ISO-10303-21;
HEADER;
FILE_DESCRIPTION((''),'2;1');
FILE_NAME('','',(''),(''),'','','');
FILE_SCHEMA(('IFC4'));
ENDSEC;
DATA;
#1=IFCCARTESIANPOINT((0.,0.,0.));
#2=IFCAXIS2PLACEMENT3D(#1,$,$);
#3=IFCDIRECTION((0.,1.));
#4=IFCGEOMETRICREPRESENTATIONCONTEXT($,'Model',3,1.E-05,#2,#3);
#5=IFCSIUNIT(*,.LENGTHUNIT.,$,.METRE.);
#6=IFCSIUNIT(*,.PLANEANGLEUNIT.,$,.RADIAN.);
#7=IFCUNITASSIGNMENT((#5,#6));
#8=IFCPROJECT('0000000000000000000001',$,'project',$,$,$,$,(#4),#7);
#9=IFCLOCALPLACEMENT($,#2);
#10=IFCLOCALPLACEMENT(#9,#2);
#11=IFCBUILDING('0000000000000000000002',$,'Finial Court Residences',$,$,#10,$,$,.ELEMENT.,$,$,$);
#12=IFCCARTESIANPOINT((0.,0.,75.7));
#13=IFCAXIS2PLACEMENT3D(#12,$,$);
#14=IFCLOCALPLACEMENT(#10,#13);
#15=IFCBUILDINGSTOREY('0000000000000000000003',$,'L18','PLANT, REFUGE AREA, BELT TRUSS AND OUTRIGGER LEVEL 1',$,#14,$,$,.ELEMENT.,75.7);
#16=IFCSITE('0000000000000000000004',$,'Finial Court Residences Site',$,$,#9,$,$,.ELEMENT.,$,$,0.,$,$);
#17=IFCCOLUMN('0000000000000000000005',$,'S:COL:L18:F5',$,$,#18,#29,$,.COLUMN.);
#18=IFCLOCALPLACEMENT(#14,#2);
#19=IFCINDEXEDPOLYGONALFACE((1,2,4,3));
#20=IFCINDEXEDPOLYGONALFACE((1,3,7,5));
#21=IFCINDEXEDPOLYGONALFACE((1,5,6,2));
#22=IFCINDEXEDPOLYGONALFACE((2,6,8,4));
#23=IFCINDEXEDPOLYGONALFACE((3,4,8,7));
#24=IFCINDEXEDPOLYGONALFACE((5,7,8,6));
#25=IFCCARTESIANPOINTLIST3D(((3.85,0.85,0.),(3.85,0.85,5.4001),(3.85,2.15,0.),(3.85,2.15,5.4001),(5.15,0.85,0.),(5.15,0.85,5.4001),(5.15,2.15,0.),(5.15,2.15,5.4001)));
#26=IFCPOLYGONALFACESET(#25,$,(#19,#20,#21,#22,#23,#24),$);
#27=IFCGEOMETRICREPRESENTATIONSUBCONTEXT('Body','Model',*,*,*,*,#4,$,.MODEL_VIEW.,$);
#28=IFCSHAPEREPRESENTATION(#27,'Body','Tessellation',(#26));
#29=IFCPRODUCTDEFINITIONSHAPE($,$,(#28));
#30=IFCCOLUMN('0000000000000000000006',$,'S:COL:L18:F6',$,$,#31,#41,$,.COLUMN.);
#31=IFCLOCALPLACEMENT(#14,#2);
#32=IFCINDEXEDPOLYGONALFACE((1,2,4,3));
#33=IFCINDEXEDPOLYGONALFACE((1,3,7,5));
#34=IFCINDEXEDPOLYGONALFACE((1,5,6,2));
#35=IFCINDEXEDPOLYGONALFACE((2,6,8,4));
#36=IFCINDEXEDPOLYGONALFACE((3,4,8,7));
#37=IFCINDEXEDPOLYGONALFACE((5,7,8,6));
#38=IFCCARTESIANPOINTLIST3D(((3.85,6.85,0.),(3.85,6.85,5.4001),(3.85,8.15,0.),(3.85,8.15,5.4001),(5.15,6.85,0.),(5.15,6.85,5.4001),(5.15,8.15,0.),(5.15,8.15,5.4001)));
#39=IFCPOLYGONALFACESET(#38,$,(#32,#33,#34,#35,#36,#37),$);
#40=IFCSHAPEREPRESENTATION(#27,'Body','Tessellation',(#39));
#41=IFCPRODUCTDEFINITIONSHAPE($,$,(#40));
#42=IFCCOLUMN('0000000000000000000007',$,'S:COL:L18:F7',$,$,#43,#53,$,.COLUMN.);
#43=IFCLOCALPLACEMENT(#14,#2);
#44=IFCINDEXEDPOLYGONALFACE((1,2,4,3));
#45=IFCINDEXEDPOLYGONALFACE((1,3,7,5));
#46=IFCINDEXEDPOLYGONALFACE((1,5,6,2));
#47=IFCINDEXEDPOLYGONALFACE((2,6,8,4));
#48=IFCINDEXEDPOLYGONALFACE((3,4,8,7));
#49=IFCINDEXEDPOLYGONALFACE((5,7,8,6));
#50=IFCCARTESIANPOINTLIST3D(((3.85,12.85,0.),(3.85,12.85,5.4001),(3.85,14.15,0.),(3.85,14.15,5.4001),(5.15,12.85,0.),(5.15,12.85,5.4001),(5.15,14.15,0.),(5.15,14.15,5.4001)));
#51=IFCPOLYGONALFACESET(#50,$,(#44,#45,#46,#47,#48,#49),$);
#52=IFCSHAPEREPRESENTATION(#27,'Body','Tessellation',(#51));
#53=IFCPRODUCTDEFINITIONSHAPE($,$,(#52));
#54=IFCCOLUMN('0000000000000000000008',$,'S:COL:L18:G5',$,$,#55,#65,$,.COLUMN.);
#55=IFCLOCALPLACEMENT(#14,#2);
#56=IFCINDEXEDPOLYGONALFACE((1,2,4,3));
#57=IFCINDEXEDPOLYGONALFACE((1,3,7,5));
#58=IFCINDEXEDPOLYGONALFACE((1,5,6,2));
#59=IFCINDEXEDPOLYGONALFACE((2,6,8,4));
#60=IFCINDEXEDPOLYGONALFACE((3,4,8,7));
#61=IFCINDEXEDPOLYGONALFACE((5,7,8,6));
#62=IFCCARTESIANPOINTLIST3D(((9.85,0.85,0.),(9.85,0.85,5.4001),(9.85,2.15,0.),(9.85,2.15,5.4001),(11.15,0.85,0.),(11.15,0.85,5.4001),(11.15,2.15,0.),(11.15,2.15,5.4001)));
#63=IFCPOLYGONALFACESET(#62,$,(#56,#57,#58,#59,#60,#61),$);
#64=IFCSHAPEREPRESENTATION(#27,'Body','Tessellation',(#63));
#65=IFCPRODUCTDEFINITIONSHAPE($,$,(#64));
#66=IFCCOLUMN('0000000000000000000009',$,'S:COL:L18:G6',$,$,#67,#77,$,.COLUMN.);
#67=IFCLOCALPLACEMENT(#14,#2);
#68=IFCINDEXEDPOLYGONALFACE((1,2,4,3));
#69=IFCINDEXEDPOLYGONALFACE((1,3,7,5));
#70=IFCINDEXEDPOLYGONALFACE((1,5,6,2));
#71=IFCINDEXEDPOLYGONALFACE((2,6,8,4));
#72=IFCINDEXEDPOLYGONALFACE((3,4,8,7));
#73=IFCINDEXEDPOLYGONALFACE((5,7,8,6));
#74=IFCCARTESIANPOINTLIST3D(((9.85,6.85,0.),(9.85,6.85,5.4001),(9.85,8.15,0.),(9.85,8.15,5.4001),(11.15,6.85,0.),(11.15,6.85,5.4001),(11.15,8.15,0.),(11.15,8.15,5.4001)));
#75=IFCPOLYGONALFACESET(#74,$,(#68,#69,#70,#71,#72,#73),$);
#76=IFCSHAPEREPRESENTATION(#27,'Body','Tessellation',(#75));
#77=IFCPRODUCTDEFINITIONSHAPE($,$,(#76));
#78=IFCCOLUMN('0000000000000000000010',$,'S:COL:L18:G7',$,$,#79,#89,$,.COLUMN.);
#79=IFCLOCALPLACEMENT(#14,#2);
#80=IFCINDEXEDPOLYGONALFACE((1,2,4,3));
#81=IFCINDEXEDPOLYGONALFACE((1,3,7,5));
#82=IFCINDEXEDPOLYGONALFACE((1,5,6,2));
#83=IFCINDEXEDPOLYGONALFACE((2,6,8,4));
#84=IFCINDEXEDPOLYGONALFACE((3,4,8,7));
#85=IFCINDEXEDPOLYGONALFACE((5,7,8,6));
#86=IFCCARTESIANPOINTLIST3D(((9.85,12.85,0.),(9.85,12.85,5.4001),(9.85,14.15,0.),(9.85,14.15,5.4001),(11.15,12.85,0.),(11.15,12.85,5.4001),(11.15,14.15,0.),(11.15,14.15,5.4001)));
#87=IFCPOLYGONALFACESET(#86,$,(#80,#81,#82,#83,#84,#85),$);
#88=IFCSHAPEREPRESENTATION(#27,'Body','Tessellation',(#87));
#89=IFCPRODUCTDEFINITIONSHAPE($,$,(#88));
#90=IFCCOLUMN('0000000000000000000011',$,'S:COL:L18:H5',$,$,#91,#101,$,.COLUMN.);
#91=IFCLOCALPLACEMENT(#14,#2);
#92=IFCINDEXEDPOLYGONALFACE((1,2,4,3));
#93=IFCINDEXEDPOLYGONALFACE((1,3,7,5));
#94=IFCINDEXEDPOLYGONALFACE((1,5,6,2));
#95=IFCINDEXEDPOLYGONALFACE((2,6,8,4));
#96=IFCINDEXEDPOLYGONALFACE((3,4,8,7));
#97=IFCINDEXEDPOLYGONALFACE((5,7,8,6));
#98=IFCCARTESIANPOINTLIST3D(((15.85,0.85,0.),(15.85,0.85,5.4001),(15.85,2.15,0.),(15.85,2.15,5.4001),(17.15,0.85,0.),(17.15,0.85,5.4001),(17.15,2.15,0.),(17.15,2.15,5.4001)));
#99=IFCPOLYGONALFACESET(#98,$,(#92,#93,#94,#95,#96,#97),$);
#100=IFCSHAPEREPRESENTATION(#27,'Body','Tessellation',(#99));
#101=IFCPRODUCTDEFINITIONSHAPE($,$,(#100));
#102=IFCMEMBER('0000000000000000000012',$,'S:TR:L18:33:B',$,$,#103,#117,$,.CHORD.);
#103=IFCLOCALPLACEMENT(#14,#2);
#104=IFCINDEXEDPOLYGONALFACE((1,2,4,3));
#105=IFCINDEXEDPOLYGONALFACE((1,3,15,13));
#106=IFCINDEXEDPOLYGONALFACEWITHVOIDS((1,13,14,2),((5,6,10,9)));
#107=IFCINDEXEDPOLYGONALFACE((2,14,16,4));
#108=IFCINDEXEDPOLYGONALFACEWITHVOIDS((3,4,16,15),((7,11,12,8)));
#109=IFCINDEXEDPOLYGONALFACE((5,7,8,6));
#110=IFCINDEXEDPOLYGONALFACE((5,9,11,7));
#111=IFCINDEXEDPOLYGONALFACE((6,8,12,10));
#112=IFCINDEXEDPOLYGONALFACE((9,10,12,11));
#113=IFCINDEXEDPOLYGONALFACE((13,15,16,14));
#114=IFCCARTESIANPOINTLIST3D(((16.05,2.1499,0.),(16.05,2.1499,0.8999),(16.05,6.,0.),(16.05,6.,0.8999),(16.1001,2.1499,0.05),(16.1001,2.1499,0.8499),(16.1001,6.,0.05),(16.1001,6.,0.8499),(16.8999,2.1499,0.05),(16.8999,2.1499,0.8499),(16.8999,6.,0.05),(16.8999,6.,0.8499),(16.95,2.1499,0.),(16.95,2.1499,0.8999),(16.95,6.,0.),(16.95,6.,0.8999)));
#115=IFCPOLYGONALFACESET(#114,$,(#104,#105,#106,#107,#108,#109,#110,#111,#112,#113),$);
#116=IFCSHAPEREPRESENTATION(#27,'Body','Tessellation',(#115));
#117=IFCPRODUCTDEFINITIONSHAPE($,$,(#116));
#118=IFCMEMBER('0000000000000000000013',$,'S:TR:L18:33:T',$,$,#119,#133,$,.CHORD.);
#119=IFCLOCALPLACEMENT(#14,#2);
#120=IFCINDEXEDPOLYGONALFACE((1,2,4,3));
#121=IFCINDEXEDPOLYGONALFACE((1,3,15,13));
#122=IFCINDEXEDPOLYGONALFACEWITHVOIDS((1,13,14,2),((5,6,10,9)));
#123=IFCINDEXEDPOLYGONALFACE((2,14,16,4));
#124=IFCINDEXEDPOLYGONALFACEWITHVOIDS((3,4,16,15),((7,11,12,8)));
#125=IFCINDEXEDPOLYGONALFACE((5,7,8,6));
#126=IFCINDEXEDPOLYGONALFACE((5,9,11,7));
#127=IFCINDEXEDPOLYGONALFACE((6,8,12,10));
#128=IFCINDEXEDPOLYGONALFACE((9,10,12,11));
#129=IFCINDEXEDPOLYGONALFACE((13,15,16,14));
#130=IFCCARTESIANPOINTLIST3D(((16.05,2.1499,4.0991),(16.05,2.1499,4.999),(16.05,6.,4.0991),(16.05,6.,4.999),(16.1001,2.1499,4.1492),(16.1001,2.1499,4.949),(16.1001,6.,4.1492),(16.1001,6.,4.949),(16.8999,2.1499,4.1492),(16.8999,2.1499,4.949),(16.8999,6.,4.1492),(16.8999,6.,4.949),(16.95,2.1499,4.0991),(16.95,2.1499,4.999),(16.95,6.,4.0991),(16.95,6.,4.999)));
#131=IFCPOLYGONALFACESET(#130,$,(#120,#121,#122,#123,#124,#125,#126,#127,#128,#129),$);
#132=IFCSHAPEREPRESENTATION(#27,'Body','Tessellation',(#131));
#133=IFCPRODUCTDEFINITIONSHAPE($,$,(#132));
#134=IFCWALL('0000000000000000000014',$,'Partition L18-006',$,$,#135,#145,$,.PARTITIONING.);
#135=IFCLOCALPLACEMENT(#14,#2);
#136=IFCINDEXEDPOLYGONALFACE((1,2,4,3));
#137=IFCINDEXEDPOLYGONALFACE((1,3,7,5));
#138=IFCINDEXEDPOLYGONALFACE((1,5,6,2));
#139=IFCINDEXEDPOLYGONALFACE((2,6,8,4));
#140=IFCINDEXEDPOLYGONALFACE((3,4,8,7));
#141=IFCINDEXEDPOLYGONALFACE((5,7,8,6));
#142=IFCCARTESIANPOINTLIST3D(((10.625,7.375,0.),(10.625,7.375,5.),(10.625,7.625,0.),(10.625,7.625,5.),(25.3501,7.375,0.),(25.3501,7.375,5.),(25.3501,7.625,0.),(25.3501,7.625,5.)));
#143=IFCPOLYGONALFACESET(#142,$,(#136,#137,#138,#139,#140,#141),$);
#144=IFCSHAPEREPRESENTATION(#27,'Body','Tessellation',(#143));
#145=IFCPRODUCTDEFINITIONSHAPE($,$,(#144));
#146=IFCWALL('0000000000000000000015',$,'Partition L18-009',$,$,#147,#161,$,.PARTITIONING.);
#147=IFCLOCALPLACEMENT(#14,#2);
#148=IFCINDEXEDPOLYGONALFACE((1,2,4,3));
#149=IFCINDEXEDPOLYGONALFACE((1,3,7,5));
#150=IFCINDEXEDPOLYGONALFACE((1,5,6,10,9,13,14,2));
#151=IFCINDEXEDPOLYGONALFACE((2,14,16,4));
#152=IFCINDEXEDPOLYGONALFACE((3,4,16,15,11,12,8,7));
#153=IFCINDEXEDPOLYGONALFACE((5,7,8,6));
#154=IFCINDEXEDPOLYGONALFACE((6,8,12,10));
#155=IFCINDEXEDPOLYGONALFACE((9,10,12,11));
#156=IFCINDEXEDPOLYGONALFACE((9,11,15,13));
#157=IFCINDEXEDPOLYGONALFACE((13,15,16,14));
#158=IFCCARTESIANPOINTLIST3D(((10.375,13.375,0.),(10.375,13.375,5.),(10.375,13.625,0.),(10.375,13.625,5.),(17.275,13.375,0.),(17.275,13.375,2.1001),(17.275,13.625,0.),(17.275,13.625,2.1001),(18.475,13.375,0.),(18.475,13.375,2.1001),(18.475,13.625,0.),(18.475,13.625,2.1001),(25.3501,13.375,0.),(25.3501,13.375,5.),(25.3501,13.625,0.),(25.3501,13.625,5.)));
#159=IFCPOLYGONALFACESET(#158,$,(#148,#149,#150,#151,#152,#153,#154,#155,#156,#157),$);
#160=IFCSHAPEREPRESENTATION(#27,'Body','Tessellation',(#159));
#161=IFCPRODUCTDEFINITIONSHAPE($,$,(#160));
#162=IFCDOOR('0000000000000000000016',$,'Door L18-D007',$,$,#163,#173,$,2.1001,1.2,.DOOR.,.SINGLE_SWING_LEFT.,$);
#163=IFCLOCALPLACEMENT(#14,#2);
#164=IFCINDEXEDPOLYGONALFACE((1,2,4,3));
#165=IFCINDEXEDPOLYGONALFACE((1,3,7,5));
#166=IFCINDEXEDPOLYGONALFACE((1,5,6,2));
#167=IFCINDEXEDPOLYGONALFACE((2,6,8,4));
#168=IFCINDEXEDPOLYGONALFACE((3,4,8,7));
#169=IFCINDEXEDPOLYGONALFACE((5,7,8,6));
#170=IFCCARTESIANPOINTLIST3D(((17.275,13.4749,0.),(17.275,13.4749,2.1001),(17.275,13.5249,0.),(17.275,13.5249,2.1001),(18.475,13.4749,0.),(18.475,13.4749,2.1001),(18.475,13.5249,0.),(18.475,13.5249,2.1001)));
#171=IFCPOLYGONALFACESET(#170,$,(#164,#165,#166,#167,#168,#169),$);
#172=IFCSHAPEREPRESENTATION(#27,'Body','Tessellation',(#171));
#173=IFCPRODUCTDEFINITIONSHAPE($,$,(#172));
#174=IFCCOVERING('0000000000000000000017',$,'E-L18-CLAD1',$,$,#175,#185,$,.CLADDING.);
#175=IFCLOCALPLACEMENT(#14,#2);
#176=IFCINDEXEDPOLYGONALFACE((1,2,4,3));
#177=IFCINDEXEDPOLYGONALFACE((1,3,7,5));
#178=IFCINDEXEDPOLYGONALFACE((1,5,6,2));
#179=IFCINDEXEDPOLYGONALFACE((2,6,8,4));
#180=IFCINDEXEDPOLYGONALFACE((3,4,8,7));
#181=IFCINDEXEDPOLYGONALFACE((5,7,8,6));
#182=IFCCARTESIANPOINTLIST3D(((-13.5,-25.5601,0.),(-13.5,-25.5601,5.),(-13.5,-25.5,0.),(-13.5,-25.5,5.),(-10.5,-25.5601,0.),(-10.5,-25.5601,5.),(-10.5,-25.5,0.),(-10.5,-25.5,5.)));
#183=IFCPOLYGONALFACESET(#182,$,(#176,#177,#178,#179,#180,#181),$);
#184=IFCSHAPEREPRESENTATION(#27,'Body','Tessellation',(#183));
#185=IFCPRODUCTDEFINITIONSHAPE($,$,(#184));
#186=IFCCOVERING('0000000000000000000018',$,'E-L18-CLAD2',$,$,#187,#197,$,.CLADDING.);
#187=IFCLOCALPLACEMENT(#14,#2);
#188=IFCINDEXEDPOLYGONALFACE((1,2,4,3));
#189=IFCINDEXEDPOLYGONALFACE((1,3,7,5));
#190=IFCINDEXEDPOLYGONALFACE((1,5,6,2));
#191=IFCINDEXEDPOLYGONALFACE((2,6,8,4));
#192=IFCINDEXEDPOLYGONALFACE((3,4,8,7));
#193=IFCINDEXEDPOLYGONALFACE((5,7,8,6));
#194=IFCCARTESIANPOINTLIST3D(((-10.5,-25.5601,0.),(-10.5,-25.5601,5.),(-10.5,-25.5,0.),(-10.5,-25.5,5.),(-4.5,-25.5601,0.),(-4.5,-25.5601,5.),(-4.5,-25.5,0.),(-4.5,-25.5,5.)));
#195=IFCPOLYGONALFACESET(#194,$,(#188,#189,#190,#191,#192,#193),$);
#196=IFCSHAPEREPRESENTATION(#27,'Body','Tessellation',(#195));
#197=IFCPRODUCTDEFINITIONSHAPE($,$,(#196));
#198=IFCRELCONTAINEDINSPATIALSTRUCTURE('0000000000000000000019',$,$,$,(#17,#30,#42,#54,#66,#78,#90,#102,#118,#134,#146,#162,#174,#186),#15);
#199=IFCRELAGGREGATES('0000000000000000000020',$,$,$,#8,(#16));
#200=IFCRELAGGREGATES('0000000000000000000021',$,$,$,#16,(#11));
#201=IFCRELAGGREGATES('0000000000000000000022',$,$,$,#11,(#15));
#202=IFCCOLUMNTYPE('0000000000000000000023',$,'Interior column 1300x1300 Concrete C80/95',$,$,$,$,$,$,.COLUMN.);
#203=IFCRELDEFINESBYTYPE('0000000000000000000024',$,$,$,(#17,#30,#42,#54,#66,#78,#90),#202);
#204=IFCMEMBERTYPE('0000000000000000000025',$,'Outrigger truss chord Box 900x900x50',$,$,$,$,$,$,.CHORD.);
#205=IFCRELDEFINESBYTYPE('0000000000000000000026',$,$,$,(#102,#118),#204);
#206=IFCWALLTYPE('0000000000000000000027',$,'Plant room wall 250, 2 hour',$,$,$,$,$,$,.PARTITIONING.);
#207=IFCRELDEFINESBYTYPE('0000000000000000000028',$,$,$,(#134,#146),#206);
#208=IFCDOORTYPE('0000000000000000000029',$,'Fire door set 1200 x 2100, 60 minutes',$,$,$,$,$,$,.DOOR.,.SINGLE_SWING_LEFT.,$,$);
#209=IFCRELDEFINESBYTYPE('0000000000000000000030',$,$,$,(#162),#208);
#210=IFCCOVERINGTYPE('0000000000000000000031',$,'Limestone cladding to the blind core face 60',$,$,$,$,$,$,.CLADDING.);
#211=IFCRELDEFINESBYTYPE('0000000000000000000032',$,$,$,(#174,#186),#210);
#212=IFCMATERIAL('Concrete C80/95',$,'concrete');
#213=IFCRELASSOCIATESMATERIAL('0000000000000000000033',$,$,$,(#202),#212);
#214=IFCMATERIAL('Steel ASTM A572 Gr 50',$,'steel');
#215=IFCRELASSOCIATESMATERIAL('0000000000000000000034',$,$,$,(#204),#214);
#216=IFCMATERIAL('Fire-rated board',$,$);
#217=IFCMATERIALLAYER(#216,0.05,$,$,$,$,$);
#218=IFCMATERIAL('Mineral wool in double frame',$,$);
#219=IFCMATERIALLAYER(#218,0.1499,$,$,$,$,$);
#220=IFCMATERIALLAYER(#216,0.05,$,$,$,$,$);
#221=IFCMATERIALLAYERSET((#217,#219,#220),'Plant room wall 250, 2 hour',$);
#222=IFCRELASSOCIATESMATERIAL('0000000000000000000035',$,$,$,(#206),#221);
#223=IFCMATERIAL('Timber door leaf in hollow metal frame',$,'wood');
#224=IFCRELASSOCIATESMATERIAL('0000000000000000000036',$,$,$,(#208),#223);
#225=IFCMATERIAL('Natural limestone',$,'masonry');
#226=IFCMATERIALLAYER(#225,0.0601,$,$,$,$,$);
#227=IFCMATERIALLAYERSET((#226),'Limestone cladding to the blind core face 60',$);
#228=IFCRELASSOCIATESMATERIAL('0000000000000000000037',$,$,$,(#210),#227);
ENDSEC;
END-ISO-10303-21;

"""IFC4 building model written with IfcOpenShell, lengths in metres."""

from ifc_helpers import new_model, si_unit, direction, frame, frame_2d, origin, origin_2d, place, context, subcontext, project, spatial, polyline, rectangle, hollow_rectangle, outline, extrude, material, layer, layer_set, material_profile, profile_set, type_object, element, fill, save


model = new_model("IFC4")

# Units and contexts
model_context = context("Model", 3, precision=1e-05, world=origin(), true_north=direction((0.0, 1.0)))
body_context = subcontext(model_context, "Body", "Model", "MODEL_VIEW")
ifc_project = project(units=[si_unit("LENGTHUNIT", "METRE"), si_unit("PLANEANGLEUNIT", "RADIAN")], contexts=[model_context])

# Site, building, storey
site_placement = place(None, origin())
site = spatial("IfcSite", under=ifc_project, at=site_placement, Name="Finial Court Residences Site", CompositionType="ELEMENT", RefElevation=0.0)
building_placement = place(site_placement, origin())
building = spatial("IfcBuilding", under=site, at=building_placement, Name="Finial Court Residences", CompositionType="ELEMENT")
storey_placement = place(building_placement, frame((0.0, 0.0, 75.7)))
storey = spatial("IfcBuildingStorey", under=building, at=storey_placement, Name="L18", Description="PLANT, REFUGE AREA, BELT TRUSS AND OUTRIGGER LEVEL 1", CompositionType="ELEMENT", Elevation=75.7)

# Columns
ifc_material_1 = material(Name="Concrete C80/95", Category="concrete")
ifc_material_profile_1 = material_profile(ifc_material_1, rectangle(XDim=1.3, YDim=1.3, at=origin_2d()), Name="1300x1300")
ifc_profile_set_1 = profile_set([ifc_material_profile_1], Name="Concrete C80/95")
column_type = type_object("IfcColumnType", Name="Interior column 1300x1300 Concrete C80/95", PredefinedType="COLUMN", material=ifc_profile_set_1)
for number, where, z_axis, x_axis, name in (
    (1, (4.5, 1.5, 0.0), (0.0, 0.0, 1.0), (1.0, 0.0, 0.0), "S:COL:L18:F5"),
    (2, (4.5, 7.5, 0.0), (0.0, 0.0, 1.0), (1.0, 0.0, 0.0), "S:COL:L18:F6"),
    (3, (4.5, 13.5, 0.0), (0.0, 0.0, 1.0), (1.0, 0.0, 0.0), "S:COL:L18:F7"),
    (4, (10.5, 1.5, 0.0), (0.0, 0.0, 1.0), (1.0, 0.0, 0.0), "S:COL:L18:G5"),
    (5, (10.5, 7.5, 0.0), (0.0, 0.0, 1.0), (1.0, 0.0, 0.0), "S:COL:L18:G6"),
    (6, (10.5, 13.5, 0.0), (0.0, 0.0, 1.0), (1.0, 0.0, 0.0), "S:COL:L18:G7"),
    (7, (16.5, 1.5, 0.0), (0.0, 0.0, 1.0), (1.0, 0.0, 0.0), "S:COL:L18:H5"),
):
    element("IfcColumn", number, at=place(storey_placement, frame(where, z_axis=z_axis, x_axis=x_axis)), inside=storey, type_object=column_type, Name=name, PredefinedType="COLUMN", context=body_context, shape_type="SweptSolid", body=[
        extrude(rectangle(XDim=1.3, YDim=1.3, at=origin_2d()), origin(), (0.0, 0.0, 1.0), 5.4001),
    ])

# Members
ifc_material_2 = material(Name="Steel ASTM A572 Gr 50", Category="steel")
ifc_material_profile_2 = material_profile(ifc_material_2, hollow_rectangle(XDim=0.8999, YDim=0.8999, WallThickness=0.05, at=origin_2d()), Name="Box 900x900x50")
ifc_profile_set_2 = profile_set([ifc_material_profile_2], Name="Steel ASTM A572 Gr 50")
member_type = type_object("IfcMemberType", Name="Outrigger truss chord Box 900x900x50", PredefinedType="CHORD", material=ifc_profile_set_2)
for number, where, z_axis, x_axis, name in (
    (8, (16.5, 2.1499, 0.45), (0.0, 1.0, 0.0), (-1.0, 0.0, 0.0), "S:TR:L18:33:B"),
    (9, (16.5, 2.1499, 4.5491), (0.0, 1.0, 0.0), (-1.0, 0.0, 0.0), "S:TR:L18:33:T"),
):
    element("IfcMember", number, at=place(storey_placement, frame(where, z_axis=z_axis, x_axis=x_axis)), inside=storey, type_object=member_type, Name=name, PredefinedType="CHORD", context=body_context, shape_type="SweptSolid", body=[
        extrude(hollow_rectangle(XDim=0.8999, YDim=0.8999, WallThickness=0.05, at=origin_2d()), origin(), (0.0, 0.0, 1.0), 3.8501),
    ])

# Wall
ifc_material_3 = material(Name="Fire-rated board")
ifc_layer_1 = layer(ifc_material_3, 0.05)
ifc_material_4 = material(Name="Mineral wool in double frame")
ifc_layer_2 = layer(ifc_material_4, 0.1499)
ifc_layer_3 = layer(ifc_material_3, 0.05)
ifc_layer_set_1 = layer_set([ifc_layer_1, ifc_layer_2, ifc_layer_3], Name="Plant room wall 250, 2 hour")
wall_type = type_object("IfcWallType", Name="Plant room wall 250, 2 hour", PredefinedType="PARTITIONING", material=ifc_layer_set_1)
wall_1_placement = place(storey_placement, frame((10.625, 7.5, 0.0), z_axis=(0.0, 0.0, 1.0), x_axis=(1.0, 0.0, 0.0)))
element("IfcWall", 10, at=wall_1_placement, inside=storey, type_object=wall_type, Name="Partition L18-006", PredefinedType="PARTITIONING", context=body_context, shape_type="SweptSolid", body=[
    extrude(rectangle(XDim=14.7251, YDim=0.25, at=frame_2d((7.3625, 0.0))), origin(), (0.0, 0.0, 1.0), 5.0),
])

# Wall, opening, door
wall_2_placement = place(storey_placement, frame((10.375, 13.5, 0.0), z_axis=(0.0, 0.0, 1.0), x_axis=(1.0, 0.0, 0.0)))
wall_2 = element("IfcWall", 11, at=wall_2_placement, inside=storey, type_object=wall_type, Name="Partition L18-009", PredefinedType="PARTITIONING", context=body_context, shape_type="SweptSolid", body=[
    extrude(rectangle(XDim=14.9751, YDim=0.25, at=frame_2d((7.4875, 0.0))), origin(), (0.0, 0.0, 1.0), 5.0),
])
opening_placement = place(wall_2_placement, frame((6.8999, 0.0, 0.0)))
opening = element("IfcOpeningElement", 12, at=opening_placement, cuts=wall_2, PredefinedType="OPENING", context=body_context, shape_type="SweptSolid", body=[
    extrude(rectangle(XDim=1.2, YDim=2.1001, at=frame_2d((0.6001, 1.05))), frame((0.0, 0.135, 0.0), z_axis=(0.0, -1.0, 0.0), x_axis=(1.0, 0.0, 0.0)), (0.0, 0.0, 1.0), 0.27),
])
ifc_material_5 = material(Name="Timber door leaf in hollow metal frame", Category="wood")
door_type = type_object("IfcDoorType", Name="Fire door set 1200 x 2100, 60 minutes", OperationType="SINGLE_SWING_LEFT", PredefinedType="DOOR", material=ifc_material_5)
door_placement = place(opening_placement, origin())
door = element("IfcDoor", 13, at=door_placement, inside=storey, type_object=door_type, Name="Door L18-D007", OperationType="SINGLE_SWING_LEFT", OverallHeight=2.1001, OverallWidth=1.2, PredefinedType="DOOR", context=body_context, shape_type="SweptSolid", body=[
    extrude(rectangle(XDim=1.2, YDim=2.1001, at=frame_2d((0.6001, 1.05))), frame((0.0, 0.0249, 0.0), z_axis=(0.0, -1.0, 0.0), x_axis=(1.0, 0.0, 0.0)), (0.0, 0.0, 1.0), 0.05),
])
fill(opening, door)

# Coverings
ifc_material_6 = material(Name="Natural limestone", Category="masonry")
ifc_layer_4 = layer(ifc_material_6, 0.0601)
ifc_layer_set_2 = layer_set([ifc_layer_4], Name="Limestone cladding to the blind core face 60")
covering_type_1 = type_object("IfcCoveringType", Name="Limestone cladding to the blind core face 60", PredefinedType="CLADDING", material=ifc_layer_set_2)
covering_1_placement = place(storey_placement, origin())
element("IfcCovering", 14, at=covering_1_placement, inside=storey, type_object=covering_type_1, Name="E-L18-CLAD1", PredefinedType="CLADDING", context=body_context, shape_type="SweptSolid", body=[
    extrude(outline(polyline([(-10.5, -25.5601), (-10.5, -25.5), (-13.5, -25.5), (-13.5, -25.5601), (-10.5, -25.5601)])), origin(), (0.0, 0.0, 1.0), 5.0),
])
covering_2_placement = place(storey_placement, origin())
element("IfcCovering", 15, at=covering_2_placement, inside=storey, type_object=covering_type_1, Name="E-L18-CLAD2", PredefinedType="CLADDING", context=body_context, shape_type="SweptSolid", body=[
    extrude(outline(polyline([(-4.5, -25.5601), (-4.5, -25.5), (-10.5, -25.5), (-10.5, -25.5601), (-4.5, -25.5601)])), origin(), (0.0, 0.0, 1.0), 5.0),
])

save(model, "model.ifc")
